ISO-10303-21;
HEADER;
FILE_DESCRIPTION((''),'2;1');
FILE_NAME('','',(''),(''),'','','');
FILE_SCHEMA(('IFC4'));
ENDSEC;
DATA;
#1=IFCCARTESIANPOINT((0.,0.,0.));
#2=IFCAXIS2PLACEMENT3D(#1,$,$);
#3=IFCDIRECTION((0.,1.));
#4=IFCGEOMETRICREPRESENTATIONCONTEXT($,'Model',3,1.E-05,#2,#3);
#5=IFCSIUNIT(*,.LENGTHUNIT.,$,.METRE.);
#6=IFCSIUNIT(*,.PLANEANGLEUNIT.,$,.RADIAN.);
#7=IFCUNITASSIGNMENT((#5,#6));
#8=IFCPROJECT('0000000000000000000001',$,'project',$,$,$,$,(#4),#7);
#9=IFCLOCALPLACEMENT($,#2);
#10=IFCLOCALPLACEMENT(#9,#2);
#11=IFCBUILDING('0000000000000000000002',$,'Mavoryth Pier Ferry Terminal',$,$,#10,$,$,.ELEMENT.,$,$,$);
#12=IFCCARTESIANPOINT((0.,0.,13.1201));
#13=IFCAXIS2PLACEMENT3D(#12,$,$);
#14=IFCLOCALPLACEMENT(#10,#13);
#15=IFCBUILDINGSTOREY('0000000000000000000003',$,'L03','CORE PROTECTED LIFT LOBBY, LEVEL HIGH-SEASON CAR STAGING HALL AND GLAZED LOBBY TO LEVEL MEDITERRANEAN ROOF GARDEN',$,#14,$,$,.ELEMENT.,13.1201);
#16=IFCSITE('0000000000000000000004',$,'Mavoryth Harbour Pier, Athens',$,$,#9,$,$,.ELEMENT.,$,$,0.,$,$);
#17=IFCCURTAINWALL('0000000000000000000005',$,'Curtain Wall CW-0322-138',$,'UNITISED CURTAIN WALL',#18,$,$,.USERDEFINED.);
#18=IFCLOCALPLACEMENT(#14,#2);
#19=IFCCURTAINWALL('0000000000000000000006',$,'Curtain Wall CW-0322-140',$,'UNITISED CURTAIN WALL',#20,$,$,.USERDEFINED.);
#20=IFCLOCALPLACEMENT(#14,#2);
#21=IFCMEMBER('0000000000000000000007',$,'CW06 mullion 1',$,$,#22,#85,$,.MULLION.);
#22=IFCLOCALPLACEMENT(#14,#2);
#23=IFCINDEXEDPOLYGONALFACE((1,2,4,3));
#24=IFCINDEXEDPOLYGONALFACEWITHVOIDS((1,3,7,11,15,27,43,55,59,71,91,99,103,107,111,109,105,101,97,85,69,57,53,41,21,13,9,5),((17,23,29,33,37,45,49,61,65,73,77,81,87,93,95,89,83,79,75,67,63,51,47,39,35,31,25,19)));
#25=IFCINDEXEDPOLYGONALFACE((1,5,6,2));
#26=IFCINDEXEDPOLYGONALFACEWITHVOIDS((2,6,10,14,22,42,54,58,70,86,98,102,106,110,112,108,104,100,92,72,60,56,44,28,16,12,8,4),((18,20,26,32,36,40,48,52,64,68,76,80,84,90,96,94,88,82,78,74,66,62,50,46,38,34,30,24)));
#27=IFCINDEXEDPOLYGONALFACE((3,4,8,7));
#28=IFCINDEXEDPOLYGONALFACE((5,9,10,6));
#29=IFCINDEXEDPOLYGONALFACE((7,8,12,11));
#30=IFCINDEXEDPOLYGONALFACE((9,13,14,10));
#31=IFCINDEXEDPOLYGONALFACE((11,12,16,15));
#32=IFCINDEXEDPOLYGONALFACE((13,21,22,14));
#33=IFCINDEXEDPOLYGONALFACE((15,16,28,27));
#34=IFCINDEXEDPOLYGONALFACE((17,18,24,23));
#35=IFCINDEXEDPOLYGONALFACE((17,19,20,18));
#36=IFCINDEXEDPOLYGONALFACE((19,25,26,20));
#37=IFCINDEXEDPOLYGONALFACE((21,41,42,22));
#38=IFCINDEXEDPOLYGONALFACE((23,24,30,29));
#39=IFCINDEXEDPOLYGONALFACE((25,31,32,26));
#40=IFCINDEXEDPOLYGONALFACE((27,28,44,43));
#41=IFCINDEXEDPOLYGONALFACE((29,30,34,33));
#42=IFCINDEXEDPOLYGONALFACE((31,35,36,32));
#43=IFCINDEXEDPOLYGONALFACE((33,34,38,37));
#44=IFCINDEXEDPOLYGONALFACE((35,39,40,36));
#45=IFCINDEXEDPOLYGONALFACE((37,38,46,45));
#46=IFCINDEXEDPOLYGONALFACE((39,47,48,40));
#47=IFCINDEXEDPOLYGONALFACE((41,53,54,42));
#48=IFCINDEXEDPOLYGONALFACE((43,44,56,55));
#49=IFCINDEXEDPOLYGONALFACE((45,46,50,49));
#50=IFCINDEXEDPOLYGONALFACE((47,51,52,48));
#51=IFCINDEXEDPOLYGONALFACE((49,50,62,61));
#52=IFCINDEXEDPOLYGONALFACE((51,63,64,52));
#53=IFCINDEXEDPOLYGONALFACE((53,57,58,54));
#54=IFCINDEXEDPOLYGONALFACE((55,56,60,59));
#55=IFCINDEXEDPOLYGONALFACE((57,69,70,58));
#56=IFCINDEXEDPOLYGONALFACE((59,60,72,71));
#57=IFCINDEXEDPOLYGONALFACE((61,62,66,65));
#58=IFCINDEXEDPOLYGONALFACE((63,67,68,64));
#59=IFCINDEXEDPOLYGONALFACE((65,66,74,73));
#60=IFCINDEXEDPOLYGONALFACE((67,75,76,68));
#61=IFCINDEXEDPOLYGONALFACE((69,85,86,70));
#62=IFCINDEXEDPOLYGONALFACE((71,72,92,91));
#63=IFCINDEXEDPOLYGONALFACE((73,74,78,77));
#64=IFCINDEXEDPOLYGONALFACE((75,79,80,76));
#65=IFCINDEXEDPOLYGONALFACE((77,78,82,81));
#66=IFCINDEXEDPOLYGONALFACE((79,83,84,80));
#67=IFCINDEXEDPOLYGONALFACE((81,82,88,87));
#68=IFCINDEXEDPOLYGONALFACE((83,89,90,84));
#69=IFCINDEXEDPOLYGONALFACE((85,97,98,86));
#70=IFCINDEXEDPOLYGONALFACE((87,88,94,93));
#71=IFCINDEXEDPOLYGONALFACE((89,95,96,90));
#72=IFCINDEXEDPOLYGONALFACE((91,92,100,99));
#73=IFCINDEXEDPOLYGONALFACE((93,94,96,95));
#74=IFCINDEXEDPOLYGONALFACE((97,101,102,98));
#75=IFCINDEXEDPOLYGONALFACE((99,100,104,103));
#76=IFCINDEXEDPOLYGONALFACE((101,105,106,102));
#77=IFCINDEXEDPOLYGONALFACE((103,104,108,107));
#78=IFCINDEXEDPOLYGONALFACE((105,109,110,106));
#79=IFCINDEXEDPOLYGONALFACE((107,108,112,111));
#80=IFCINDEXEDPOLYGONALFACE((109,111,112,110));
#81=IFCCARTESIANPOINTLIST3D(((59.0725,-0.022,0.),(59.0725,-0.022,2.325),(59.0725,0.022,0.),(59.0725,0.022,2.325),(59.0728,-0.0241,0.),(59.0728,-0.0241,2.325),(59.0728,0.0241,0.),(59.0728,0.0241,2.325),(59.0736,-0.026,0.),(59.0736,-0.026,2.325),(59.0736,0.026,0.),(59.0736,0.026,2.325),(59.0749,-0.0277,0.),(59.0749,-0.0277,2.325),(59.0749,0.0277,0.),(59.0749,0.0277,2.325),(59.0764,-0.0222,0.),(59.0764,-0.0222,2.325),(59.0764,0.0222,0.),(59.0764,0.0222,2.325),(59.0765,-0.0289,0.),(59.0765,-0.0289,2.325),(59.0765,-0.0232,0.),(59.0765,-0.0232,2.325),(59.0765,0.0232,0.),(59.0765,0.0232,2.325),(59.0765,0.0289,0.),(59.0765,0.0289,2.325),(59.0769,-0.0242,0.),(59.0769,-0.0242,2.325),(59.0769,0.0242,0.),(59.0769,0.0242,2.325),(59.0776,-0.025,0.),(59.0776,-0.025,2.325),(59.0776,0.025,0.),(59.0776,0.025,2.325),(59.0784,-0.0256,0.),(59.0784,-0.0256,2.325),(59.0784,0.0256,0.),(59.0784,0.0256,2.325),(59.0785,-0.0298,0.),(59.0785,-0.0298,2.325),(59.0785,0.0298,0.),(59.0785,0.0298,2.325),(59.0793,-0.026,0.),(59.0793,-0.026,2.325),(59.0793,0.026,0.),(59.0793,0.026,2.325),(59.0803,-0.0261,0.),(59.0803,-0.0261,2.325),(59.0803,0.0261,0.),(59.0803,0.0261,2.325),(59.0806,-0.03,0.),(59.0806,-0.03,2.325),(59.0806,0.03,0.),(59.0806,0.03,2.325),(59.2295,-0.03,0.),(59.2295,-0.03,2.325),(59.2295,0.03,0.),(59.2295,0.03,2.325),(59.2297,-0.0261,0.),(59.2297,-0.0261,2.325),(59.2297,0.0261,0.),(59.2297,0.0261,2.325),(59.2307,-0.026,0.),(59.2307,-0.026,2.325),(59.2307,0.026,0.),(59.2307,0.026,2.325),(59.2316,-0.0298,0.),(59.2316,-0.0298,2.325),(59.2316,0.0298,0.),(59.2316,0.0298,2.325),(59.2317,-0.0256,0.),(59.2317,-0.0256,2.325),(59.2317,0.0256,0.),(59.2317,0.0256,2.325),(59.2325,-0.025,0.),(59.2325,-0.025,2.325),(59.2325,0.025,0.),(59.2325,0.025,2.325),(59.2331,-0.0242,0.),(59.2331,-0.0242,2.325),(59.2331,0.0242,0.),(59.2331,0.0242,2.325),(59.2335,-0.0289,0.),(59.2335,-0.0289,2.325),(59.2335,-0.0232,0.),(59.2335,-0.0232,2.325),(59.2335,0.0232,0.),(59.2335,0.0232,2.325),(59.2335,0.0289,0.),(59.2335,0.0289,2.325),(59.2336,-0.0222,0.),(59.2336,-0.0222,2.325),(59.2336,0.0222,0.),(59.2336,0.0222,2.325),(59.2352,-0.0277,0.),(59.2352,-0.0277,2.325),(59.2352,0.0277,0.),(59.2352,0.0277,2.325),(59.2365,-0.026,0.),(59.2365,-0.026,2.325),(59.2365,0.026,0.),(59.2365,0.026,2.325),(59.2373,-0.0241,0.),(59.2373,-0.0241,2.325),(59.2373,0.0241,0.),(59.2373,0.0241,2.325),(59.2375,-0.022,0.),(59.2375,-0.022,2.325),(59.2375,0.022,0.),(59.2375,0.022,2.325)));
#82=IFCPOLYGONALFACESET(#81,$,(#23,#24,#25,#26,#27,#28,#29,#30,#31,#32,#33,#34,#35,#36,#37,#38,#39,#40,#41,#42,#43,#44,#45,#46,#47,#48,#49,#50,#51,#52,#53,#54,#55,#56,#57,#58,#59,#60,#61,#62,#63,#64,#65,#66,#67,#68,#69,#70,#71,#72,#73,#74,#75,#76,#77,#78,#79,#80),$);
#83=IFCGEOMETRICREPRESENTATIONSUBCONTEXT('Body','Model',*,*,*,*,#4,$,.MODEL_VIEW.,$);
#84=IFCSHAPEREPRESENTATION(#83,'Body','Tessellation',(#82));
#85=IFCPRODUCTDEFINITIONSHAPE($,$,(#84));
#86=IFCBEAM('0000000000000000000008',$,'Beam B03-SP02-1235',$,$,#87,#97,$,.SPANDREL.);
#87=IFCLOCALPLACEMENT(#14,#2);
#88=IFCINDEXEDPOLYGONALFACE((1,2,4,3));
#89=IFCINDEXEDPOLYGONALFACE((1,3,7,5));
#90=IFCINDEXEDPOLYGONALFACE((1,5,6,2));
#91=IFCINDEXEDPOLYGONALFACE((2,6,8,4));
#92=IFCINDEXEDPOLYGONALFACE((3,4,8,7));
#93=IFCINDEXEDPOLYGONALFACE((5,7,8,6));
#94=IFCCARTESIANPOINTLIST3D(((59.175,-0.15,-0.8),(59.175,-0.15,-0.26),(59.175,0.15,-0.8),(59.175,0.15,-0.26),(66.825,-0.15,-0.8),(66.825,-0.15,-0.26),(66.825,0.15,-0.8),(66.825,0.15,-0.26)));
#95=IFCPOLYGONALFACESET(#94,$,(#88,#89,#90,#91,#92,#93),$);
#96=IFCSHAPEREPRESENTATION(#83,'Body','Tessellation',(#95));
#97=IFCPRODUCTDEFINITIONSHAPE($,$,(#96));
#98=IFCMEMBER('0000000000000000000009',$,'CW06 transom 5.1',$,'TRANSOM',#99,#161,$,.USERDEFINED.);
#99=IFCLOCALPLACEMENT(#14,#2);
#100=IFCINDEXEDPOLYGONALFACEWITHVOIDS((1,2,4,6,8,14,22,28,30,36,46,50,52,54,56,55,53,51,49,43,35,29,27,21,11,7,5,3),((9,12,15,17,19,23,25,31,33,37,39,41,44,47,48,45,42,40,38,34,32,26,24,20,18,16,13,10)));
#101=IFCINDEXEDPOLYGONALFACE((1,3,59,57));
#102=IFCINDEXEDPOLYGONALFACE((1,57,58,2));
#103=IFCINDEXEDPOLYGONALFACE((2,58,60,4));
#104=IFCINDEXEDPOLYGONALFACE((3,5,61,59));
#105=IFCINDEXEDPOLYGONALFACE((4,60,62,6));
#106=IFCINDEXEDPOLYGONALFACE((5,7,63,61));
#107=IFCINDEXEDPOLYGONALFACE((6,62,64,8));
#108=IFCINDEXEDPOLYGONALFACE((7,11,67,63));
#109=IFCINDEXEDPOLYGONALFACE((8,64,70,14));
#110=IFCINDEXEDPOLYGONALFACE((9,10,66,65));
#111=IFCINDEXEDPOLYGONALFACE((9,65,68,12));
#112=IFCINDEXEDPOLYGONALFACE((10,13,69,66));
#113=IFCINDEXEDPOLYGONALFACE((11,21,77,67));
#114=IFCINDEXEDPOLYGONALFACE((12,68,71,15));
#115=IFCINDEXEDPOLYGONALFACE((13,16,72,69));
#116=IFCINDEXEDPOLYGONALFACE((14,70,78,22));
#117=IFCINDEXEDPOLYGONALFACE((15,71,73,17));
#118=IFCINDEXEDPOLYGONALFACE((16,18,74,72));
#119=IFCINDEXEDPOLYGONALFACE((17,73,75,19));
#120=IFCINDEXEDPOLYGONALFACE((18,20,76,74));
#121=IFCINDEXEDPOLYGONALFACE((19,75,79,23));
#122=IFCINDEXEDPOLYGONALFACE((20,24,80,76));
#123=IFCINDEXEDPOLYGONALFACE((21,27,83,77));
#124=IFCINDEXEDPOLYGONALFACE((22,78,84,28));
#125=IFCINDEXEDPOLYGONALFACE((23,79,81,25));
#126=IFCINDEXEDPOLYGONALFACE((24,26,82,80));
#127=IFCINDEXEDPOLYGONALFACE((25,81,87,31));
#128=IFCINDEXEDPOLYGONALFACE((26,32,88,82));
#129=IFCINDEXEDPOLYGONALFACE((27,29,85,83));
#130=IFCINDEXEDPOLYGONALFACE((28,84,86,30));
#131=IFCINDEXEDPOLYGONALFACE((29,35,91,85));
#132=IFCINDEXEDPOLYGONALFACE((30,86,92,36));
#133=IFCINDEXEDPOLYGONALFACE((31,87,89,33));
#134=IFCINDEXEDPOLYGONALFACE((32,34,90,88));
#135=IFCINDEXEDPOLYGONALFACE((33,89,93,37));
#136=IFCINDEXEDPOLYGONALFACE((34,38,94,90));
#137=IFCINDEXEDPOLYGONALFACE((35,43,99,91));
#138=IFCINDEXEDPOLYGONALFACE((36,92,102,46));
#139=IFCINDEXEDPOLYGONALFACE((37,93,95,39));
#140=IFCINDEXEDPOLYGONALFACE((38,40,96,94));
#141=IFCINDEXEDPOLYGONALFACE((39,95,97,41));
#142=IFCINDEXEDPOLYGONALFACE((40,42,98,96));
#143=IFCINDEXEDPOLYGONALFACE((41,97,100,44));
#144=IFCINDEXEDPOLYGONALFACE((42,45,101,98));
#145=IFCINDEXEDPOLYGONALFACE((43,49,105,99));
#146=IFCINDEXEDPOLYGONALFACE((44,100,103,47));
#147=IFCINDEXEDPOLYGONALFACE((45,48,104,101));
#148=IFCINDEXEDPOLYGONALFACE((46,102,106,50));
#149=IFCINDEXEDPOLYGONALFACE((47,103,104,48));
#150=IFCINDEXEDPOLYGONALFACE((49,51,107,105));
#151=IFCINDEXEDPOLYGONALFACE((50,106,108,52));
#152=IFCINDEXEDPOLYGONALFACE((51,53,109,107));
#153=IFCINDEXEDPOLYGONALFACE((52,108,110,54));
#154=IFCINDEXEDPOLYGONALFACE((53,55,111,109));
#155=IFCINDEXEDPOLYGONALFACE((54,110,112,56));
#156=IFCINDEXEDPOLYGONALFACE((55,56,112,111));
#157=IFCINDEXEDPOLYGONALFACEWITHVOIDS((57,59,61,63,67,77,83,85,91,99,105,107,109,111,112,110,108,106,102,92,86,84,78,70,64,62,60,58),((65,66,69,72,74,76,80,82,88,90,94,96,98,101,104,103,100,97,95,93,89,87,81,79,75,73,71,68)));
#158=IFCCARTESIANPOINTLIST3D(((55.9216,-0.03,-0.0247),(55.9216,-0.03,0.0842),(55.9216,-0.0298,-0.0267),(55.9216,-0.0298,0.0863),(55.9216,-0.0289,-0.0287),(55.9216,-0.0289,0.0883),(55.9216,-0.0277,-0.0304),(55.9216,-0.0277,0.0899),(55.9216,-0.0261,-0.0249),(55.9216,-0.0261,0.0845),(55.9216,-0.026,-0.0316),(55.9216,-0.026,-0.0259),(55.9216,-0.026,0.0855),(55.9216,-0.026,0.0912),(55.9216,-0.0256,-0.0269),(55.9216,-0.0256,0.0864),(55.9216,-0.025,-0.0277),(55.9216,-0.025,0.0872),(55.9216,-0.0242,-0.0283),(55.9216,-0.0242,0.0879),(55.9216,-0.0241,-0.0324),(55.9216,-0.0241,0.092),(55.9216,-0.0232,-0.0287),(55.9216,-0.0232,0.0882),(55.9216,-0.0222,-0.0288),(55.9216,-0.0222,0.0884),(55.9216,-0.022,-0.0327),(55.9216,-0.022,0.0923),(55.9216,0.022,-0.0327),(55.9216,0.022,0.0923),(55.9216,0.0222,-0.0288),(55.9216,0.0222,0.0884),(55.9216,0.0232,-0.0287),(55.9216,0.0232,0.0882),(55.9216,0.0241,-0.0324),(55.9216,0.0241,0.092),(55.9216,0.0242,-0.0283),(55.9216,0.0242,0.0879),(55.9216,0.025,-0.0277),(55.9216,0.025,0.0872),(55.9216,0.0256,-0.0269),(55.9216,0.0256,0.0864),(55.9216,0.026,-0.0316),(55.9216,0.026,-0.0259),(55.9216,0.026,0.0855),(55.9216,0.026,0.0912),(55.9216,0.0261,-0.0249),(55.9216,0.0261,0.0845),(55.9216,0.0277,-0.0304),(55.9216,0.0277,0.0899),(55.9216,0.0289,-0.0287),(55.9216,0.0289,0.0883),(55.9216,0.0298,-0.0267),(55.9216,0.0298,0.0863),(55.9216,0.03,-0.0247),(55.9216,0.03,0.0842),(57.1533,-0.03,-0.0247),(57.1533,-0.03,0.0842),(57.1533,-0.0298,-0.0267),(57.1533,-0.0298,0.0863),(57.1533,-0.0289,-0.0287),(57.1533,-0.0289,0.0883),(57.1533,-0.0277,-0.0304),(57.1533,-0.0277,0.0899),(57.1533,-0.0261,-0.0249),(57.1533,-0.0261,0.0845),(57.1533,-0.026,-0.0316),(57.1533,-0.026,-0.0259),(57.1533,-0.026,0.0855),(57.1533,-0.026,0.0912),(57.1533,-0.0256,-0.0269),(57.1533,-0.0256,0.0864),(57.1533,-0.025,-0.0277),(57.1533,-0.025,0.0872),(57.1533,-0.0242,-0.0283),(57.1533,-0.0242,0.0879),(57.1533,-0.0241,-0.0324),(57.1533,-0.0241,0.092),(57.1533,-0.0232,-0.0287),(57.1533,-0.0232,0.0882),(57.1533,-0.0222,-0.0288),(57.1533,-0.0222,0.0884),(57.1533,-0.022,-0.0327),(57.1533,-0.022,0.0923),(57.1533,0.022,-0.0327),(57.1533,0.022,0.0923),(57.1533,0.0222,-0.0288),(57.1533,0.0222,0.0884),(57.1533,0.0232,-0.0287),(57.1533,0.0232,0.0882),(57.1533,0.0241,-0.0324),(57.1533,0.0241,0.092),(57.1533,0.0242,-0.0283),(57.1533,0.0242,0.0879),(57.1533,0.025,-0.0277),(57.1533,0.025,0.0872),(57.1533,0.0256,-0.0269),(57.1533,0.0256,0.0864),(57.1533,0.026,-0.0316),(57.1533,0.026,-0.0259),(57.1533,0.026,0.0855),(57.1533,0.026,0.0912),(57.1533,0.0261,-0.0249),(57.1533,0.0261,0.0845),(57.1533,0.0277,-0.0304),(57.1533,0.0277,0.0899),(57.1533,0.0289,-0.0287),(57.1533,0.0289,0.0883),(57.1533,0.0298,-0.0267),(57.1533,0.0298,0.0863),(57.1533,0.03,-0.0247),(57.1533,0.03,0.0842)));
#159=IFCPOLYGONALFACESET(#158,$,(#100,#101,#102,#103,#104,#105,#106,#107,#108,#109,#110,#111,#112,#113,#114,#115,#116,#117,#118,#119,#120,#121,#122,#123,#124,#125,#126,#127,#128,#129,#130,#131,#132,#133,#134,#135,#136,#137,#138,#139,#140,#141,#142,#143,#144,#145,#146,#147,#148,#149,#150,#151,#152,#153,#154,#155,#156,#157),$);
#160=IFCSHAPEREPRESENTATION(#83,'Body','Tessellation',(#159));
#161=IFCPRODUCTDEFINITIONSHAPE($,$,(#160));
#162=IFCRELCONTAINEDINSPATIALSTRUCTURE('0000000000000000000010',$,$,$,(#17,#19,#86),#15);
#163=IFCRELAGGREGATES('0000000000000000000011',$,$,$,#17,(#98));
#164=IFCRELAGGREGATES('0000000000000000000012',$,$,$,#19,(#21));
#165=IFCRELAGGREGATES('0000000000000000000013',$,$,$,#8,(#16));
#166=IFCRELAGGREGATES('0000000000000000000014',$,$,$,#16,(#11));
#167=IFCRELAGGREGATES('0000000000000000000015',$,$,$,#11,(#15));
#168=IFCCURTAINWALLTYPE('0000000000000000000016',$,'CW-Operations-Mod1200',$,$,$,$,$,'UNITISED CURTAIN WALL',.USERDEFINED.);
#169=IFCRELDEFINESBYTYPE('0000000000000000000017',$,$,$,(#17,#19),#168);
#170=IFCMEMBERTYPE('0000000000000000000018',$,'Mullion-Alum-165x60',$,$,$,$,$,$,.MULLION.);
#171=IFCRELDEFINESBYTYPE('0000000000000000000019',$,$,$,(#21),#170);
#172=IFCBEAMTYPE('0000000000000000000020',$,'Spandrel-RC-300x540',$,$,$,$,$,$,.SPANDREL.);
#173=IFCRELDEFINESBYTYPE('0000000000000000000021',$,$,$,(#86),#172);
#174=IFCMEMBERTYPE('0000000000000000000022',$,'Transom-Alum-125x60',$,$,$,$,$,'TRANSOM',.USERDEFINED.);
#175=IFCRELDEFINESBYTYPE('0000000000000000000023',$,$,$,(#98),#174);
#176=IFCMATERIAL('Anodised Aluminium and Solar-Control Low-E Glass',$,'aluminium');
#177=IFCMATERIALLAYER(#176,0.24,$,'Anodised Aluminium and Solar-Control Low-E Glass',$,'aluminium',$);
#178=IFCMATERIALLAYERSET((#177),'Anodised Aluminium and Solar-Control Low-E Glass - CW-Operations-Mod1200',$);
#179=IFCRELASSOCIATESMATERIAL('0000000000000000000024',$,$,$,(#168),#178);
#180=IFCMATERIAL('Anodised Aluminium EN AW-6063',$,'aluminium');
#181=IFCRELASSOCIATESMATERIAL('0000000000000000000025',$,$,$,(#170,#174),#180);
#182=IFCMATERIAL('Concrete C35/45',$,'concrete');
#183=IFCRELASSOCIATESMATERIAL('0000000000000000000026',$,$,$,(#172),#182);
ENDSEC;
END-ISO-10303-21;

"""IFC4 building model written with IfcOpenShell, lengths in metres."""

from ifc_helpers import new_model, si_unit, direction, frame, origin, origin_2d, place, context, subcontext, project, spatial, rectangle, hollow_rectangle, extrude, material, layer, layer_set, material_profile, profile_set, type_object, element, aggregate, save


model = new_model("IFC4")

# Units and contexts
model_context = context("Model", 3, precision=1e-05, world=origin(), true_north=direction((0.0, 1.0)))
body_context = subcontext(model_context, "Body", "Model", "MODEL_VIEW")
ifc_project = project(units=[si_unit("LENGTHUNIT", "METRE"), si_unit("PLANEANGLEUNIT", "RADIAN")], contexts=[model_context])

# Site, building, storey
site_placement = place(None, origin())
site = spatial("IfcSite", under=ifc_project, at=site_placement, Name="Mavoryth Harbour Pier, Athens", CompositionType="ELEMENT", RefElevation=0.0)
building_placement = place(site_placement, origin())
building = spatial("IfcBuilding", under=site, at=building_placement, Name="Mavoryth Pier Ferry Terminal", CompositionType="ELEMENT")
storey_placement = place(building_placement, frame((0.0, 0.0, 13.1201)))
storey = spatial("IfcBuildingStorey", under=building, at=storey_placement, Name="L03", Description="CORE PROTECTED LIFT LOBBY, LEVEL HIGH-SEASON CAR STAGING HALL AND GLAZED LOBBY TO LEVEL MEDITERRANEAN ROOF GARDEN", CompositionType="ELEMENT", Elevation=13.1201)

# Shared definitions
ifc_material_1 = material(Name="Concrete C35/45", Category="concrete")

# Curtain wall
ifc_material_2 = material(Name="Anodised Aluminium and Solar-Control Low-E Glass", Category="aluminium")
ifc_layer_1 = layer(ifc_material_2, 0.24, Name="Anodised Aluminium and Solar-Control Low-E Glass", Category="aluminium")
ifc_layer_set_1 = layer_set([ifc_layer_1], Name="Anodised Aluminium and Solar-Control Low-E Glass - CW-Operations-Mod1200")
curtain_wall_type = type_object("IfcCurtainWallType", Name="CW-Operations-Mod1200", ElementType="UNITISED CURTAIN WALL", PredefinedType="USERDEFINED", material=ifc_layer_set_1)
curtain_wall_1_placement = place(storey_placement, origin())
curtain_wall_1 = element("IfcCurtainWall", 1, at=curtain_wall_1_placement, inside=storey, type_object=curtain_wall_type, Name="Curtain Wall CW-0322-138", ObjectType="UNITISED CURTAIN WALL", PredefinedType="USERDEFINED")
ifc_material_3 = material(Name="Anodised Aluminium EN AW-6063", Category="aluminium")
ifc_material_profile_1 = material_profile(ifc_material_3, hollow_rectangle(XDim=0.0601, YDim=0.165, WallThickness=0.0039, InnerFilletRadius=0.0039, OuterFilletRadius=0.0081, at=origin_2d()), Name="AL-MULL 165x60x4", Category="aluminium")
ifc_profile_set_1 = profile_set([ifc_material_profile_1], Name="Anodised Aluminium EN AW-6063 - AL-MULL 165x60x4")
member_type_1 = type_object("IfcMemberType", Name="Mullion-Alum-165x60", PredefinedType="MULLION", material=ifc_profile_set_1)

# Curtain wall, member
curtain_wall_2_placement = place(storey_placement, origin())
curtain_wall_2 = element("IfcCurtainWall", 2, at=curtain_wall_2_placement, inside=storey, type_object=curtain_wall_type, Name="Curtain Wall CW-0322-140", ObjectType="UNITISED CURTAIN WALL", PredefinedType="USERDEFINED")
member_1_placement = place(storey_placement, frame((59.155, 0.0, 0.0), z_axis=(0.0, 0.0, 1.0), x_axis=(0.0, 1.0, 0.0)))
member_1 = element("IfcMember", 3, at=member_1_placement, type_object=member_type_1, Name="CW06 mullion 1", PredefinedType="MULLION", context=body_context, shape_type="SweptSolid", body=[
    extrude(hollow_rectangle(XDim=0.0601, YDim=0.165, WallThickness=0.0039, InnerFilletRadius=0.0039, OuterFilletRadius=0.0081, at=origin_2d()), origin(), (0.0, 0.0, 1.0), 2.325),
])

# Beam
ifc_material_profile_2 = material_profile(ifc_material_1, rectangle(XDim=0.3, YDim=0.54, at=origin_2d()), Name="RC 300x540", Category="concrete")
ifc_profile_set_2 = profile_set([ifc_material_profile_2], Name="Concrete C35/45 - RC 300x540")
beam_type_1 = type_object("IfcBeamType", Name="Spandrel-RC-300x540", PredefinedType="SPANDREL", material=ifc_profile_set_2)
beam_1_placement = place(storey_placement, frame((59.175, 0.0, -0.53), z_axis=(1.0, 0.0, 0.0), x_axis=(0.0, 1.0, 0.0)))
element("IfcBeam", 4, at=beam_1_placement, inside=storey, type_object=beam_type_1, Name="Beam B03-SP02-1235", PredefinedType="SPANDREL", context=body_context, shape_type="SweptSolid", body=[
    extrude(rectangle(XDim=0.3, YDim=0.54, at=origin_2d()), origin(), (0.0, 0.0, 1.0), 7.6499),
])

# Member
ifc_material_profile_3 = material_profile(ifc_material_3, hollow_rectangle(XDim=0.0601, YDim=0.125, WallThickness=0.0039, InnerFilletRadius=0.0039, OuterFilletRadius=0.0081, at=origin_2d()), Name="AL-TRAN 125x60x4", Category="aluminium")
ifc_profile_set_3 = profile_set([ifc_material_profile_3], Name="Anodised Aluminium EN AW-6063 - AL-TRAN 125x60x4")
member_type_2 = type_object("IfcMemberType", Name="Transom-Alum-125x60", ElementType="TRANSOM", PredefinedType="USERDEFINED", material=ifc_profile_set_3)
member_2_placement = place(storey_placement, frame((55.9216, 0.0, 0.0298), z_axis=(1.0, 0.0, 0.0), x_axis=(0.0, 1.0, 0.0)))
member_2 = element("IfcMember", 5, at=member_2_placement, type_object=member_type_2, Name="CW06 transom 5.1", ObjectType="TRANSOM", PredefinedType="USERDEFINED", context=body_context, shape_type="SweptSolid", body=[
    extrude(hollow_rectangle(XDim=0.0601, YDim=0.125, WallThickness=0.0039, InnerFilletRadius=0.0039, OuterFilletRadius=0.0081, at=origin_2d()), origin(), (0.0, 0.0, 1.0), 1.2317),
])

aggregate(curtain_wall_1, [member_2])
aggregate(curtain_wall_2, [member_1])

save(model, "model.ifc")
